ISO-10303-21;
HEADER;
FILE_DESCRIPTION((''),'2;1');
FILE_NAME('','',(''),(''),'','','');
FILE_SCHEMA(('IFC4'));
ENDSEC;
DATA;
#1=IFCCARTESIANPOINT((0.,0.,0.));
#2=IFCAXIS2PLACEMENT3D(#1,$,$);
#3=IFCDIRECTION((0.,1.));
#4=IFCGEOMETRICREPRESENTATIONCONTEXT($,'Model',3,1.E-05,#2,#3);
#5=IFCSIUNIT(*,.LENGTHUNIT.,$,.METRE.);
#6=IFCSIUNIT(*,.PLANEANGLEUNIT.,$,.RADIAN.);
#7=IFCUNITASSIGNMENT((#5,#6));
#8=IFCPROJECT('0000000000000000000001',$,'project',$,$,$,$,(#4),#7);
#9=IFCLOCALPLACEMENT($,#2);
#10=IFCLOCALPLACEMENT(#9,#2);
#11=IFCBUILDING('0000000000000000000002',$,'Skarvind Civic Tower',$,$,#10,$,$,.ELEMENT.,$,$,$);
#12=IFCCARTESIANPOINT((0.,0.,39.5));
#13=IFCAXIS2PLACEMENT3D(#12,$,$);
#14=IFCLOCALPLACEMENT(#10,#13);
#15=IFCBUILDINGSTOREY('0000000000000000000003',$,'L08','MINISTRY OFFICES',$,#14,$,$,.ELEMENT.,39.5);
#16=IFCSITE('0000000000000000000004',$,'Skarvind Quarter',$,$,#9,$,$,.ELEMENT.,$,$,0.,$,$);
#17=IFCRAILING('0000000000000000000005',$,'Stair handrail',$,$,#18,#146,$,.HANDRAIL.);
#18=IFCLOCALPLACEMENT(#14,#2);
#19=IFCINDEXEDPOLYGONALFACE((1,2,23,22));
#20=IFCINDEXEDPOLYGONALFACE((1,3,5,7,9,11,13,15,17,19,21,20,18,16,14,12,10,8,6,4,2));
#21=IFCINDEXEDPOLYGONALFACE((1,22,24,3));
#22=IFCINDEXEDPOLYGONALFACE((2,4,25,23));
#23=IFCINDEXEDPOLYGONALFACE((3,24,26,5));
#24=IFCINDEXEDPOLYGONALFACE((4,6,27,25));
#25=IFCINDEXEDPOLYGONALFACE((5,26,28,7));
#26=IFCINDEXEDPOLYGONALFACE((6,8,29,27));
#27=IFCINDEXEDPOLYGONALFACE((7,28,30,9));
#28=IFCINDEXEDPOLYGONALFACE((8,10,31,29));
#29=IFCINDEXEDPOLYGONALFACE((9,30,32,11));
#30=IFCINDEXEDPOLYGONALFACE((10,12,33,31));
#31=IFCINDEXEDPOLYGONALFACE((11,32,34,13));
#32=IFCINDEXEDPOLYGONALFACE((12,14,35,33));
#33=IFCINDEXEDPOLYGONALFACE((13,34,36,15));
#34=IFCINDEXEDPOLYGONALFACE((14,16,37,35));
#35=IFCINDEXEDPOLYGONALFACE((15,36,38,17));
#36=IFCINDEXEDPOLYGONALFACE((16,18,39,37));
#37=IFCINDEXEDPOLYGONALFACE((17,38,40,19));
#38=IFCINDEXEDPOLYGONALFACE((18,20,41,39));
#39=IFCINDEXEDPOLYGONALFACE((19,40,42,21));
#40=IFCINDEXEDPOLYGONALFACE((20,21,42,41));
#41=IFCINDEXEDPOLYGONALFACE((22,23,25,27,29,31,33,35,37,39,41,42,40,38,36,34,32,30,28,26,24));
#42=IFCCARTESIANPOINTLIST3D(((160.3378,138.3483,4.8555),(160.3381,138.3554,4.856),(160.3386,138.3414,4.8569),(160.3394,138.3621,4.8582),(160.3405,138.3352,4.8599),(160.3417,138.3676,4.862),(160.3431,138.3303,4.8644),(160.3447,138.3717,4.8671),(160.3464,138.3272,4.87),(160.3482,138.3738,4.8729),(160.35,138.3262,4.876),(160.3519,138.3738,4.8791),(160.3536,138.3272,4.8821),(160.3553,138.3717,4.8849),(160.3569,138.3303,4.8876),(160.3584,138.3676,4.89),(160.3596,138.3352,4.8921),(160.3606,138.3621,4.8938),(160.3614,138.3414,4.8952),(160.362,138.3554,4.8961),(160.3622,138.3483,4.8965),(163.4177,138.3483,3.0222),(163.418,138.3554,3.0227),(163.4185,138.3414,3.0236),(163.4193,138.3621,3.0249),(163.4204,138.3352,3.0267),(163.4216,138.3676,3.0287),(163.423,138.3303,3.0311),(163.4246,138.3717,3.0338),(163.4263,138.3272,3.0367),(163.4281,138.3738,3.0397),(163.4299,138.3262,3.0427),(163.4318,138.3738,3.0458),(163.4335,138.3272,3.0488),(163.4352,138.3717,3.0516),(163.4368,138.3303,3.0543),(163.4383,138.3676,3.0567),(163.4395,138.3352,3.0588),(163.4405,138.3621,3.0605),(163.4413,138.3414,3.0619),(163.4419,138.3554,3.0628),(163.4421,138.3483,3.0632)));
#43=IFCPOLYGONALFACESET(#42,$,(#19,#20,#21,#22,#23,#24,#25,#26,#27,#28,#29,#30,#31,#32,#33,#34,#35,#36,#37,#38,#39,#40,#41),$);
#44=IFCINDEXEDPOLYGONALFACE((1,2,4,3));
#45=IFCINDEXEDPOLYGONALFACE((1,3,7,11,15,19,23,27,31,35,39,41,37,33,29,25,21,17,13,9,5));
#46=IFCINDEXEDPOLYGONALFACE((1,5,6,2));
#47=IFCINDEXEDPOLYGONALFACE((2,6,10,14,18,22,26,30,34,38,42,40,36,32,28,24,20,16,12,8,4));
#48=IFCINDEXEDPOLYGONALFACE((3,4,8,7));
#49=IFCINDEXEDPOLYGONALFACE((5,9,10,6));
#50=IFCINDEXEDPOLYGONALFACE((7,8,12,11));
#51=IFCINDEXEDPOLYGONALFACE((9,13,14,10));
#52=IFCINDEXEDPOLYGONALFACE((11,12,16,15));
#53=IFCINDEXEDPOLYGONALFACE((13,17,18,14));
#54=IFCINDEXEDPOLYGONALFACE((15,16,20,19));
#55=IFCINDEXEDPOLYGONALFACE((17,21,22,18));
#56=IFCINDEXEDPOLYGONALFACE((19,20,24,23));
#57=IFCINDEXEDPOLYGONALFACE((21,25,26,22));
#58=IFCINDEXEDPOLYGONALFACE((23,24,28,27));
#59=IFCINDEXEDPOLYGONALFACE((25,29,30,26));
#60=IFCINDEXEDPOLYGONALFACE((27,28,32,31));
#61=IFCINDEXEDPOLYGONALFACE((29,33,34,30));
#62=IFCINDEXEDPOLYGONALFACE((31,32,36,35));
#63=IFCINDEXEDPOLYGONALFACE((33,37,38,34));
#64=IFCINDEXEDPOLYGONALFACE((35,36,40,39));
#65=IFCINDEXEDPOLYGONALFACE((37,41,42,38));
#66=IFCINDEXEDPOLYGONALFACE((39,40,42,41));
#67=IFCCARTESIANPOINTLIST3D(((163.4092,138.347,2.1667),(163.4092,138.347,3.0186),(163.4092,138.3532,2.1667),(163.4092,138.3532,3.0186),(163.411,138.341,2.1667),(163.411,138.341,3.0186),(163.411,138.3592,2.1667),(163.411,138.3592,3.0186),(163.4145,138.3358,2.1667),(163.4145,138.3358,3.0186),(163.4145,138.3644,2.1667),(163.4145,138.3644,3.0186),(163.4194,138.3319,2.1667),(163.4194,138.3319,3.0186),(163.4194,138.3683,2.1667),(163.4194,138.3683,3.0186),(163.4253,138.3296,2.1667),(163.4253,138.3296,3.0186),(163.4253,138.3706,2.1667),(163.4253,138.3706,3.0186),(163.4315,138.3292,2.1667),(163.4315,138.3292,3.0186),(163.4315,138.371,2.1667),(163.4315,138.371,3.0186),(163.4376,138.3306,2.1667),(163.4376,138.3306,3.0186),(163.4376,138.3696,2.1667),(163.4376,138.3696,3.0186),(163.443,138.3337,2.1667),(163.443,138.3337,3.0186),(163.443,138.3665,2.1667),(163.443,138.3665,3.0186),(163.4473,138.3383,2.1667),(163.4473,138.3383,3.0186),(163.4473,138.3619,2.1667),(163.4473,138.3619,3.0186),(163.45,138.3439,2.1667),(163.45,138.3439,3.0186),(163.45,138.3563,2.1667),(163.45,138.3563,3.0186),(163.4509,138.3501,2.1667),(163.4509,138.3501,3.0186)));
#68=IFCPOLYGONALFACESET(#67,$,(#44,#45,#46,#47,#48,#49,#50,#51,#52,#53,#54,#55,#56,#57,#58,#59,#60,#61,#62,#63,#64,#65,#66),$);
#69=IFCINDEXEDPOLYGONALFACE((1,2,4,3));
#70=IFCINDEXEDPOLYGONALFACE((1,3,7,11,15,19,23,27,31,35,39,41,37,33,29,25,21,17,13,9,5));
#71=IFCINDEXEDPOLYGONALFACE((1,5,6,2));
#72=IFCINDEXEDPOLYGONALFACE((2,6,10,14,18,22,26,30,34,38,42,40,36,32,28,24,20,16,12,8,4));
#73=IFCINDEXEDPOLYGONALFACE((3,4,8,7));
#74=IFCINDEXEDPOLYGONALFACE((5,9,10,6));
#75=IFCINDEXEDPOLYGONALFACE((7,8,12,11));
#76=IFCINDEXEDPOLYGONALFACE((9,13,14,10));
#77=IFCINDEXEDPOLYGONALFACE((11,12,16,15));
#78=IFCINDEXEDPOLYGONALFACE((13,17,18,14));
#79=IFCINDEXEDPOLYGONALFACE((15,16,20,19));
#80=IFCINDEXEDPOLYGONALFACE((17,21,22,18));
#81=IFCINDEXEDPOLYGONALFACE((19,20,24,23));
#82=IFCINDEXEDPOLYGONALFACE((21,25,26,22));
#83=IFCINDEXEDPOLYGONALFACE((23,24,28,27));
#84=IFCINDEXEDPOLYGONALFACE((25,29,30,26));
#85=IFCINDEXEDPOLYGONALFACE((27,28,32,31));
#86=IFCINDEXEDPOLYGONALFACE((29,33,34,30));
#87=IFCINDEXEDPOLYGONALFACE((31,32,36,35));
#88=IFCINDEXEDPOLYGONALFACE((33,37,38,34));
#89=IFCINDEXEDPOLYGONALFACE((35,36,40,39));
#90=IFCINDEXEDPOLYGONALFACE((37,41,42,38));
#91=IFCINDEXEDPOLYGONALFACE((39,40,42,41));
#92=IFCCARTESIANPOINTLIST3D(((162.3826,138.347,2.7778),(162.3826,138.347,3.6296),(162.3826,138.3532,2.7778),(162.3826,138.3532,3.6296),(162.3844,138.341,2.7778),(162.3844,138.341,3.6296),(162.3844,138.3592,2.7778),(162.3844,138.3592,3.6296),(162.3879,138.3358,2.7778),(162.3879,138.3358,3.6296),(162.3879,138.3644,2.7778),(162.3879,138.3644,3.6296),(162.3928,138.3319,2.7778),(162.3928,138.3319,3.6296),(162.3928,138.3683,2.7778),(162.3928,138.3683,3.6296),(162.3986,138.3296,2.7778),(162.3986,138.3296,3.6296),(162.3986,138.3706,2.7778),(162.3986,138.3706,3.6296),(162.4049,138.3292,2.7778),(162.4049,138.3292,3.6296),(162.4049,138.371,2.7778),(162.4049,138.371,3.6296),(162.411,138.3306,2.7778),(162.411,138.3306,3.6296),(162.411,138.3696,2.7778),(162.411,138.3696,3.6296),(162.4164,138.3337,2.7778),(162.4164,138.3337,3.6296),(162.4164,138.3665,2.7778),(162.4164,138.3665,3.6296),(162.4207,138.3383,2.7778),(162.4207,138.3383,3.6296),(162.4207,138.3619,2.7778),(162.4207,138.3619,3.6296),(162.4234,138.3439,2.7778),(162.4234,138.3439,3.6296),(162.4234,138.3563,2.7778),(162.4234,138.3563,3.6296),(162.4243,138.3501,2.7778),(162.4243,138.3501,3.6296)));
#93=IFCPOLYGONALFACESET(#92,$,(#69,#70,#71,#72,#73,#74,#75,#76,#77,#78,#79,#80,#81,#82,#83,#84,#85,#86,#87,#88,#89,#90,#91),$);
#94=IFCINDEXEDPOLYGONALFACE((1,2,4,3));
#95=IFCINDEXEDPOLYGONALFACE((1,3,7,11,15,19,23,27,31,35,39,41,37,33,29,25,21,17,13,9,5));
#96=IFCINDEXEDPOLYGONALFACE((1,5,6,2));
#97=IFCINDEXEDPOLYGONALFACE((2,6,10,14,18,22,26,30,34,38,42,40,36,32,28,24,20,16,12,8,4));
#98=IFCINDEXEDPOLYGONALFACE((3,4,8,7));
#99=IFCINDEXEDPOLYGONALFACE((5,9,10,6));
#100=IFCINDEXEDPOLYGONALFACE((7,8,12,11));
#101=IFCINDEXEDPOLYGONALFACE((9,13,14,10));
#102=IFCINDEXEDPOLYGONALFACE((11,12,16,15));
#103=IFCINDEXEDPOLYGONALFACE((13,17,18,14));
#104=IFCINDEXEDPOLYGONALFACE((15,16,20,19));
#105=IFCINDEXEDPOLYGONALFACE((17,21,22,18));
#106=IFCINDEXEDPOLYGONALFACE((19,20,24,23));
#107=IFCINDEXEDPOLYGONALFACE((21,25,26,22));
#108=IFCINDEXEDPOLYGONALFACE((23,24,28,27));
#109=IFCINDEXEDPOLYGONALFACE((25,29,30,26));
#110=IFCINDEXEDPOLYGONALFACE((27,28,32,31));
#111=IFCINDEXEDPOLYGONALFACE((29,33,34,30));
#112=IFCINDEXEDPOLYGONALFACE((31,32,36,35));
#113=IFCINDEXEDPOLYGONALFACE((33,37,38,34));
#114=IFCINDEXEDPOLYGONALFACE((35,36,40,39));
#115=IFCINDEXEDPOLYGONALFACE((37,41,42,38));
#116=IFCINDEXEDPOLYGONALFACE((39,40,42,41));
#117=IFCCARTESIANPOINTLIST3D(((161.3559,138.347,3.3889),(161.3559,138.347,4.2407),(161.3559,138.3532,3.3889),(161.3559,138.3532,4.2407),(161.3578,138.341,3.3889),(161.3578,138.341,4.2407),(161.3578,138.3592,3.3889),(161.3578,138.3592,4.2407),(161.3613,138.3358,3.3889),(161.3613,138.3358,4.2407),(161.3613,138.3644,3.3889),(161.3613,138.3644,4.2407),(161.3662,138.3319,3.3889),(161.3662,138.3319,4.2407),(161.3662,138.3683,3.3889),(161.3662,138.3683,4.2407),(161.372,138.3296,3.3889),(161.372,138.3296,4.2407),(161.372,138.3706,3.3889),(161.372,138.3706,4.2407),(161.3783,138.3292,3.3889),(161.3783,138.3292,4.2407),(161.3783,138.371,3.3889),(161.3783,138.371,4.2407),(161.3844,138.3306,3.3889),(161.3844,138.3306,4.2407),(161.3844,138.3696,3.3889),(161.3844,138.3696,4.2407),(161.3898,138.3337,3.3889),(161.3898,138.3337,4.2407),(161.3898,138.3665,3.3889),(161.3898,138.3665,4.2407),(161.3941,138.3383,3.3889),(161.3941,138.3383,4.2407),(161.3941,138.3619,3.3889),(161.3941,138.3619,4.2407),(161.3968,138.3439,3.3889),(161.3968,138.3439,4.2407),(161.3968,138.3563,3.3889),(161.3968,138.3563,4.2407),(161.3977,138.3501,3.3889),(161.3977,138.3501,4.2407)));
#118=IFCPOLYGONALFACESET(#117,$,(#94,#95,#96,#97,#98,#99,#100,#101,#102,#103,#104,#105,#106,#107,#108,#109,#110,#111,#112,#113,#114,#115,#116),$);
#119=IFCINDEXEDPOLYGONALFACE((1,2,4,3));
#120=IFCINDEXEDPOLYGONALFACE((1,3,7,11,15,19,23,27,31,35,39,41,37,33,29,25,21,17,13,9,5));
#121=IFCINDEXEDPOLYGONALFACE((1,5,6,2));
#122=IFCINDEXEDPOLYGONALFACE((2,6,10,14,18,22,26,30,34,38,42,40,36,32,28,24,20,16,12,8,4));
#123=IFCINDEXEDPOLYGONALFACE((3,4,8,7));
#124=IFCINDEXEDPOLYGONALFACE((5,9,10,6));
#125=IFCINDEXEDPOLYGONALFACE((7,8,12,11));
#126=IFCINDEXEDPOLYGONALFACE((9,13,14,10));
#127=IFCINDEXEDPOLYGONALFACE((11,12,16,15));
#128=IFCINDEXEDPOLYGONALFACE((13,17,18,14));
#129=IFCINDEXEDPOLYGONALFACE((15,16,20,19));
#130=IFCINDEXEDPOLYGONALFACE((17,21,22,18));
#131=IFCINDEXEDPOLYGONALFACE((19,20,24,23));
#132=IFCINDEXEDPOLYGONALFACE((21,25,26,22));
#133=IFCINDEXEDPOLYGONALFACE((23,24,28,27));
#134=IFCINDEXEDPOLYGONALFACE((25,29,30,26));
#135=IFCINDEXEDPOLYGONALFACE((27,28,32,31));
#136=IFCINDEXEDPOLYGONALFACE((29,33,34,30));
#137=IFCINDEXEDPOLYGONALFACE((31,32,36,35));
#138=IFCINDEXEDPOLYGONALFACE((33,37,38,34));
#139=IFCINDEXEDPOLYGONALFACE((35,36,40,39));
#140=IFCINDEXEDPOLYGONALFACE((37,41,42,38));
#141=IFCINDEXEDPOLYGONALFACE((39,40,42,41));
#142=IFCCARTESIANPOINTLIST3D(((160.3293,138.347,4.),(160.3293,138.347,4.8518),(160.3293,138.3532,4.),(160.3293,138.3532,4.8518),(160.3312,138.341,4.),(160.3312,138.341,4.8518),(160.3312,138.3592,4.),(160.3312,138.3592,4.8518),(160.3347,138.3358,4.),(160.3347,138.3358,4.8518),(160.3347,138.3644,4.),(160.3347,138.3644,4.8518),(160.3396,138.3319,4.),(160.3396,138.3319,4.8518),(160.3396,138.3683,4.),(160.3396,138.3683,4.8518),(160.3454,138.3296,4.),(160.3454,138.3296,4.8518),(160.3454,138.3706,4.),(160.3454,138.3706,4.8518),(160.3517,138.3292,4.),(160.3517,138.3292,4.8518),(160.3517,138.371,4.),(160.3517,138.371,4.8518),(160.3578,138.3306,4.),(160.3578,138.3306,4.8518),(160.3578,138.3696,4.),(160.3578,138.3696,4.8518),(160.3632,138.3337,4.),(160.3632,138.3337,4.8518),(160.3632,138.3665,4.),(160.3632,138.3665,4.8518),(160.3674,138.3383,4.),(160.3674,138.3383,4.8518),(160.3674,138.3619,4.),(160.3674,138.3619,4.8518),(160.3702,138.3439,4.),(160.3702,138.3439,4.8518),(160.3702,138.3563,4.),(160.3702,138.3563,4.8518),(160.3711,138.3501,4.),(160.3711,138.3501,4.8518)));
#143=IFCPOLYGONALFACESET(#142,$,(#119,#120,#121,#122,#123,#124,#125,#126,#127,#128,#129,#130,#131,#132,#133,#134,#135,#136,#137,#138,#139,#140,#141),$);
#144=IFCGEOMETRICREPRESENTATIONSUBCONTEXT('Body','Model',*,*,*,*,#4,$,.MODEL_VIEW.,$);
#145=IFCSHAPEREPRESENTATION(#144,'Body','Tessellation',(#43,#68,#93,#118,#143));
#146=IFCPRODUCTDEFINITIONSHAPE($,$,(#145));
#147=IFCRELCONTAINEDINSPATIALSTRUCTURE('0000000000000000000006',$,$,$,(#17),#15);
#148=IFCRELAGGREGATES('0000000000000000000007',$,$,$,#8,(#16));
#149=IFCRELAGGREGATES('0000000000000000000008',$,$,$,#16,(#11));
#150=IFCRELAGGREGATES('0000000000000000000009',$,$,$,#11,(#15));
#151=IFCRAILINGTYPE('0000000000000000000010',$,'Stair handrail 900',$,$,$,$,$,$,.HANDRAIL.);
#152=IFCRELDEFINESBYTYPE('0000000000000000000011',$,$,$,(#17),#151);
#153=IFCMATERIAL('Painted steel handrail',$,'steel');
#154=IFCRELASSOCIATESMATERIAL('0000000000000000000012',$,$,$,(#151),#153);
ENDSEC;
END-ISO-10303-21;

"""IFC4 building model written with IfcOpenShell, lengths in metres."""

from ifc_helpers import new_model, si_unit, direction, frame, origin, origin_2d, place, context, subcontext, project, spatial, circle, extrude, material, type_object, element, save


model = new_model("IFC4")

# Units and contexts
model_context = context("Model", 3, precision=1e-05, world=origin(), true_north=direction((0.0, 1.0)))
body_context = subcontext(model_context, "Body", "Model", "MODEL_VIEW")
ifc_project = project(units=[si_unit("LENGTHUNIT", "METRE"), si_unit("PLANEANGLEUNIT", "RADIAN")], contexts=[model_context])

# Site, building, storey
site_placement = place(None, origin())
site = spatial("IfcSite", under=ifc_project, at=site_placement, Name="Skarvind Quarter", CompositionType="ELEMENT", RefElevation=0.0)
building_placement = place(site_placement, origin())
building = spatial("IfcBuilding", under=site, at=building_placement, Name="Skarvind Civic Tower", CompositionType="ELEMENT")
storey_placement = place(building_placement, frame((0.0, 0.0, 39.5)))
storey = spatial("IfcBuildingStorey", under=building, at=storey_placement, Name="L08", Description="MINISTRY OFFICES", CompositionType="ELEMENT", Elevation=39.5)

# Railing
ifc_material_1 = material(Name="Painted steel handrail", Category="steel")
railing_type = type_object("IfcRailingType", Name="Stair handrail 900", PredefinedType="HANDRAIL", material=ifc_material_1)
railing_1_placement = place(storey_placement, frame((163.4299, 138.3501, 2.1667)))
element("IfcRailing", 1, at=railing_1_placement, inside=storey, type_object=railing_type, Name="Stair handrail", PredefinedType="HANDRAIL", context=body_context, shape_type="SweptSolid", body=[
    extrude(circle(Radius=0.0239, at=origin_2d()), frame((0.0, 0.0, 0.876), z_axis=(-0.859291, 0.0, 0.511487), x_axis=(0.0, -1.0, 0.0)), (0.0, 0.0, 1.0), 3.5842),
    extrude(circle(Radius=0.021, at=origin_2d()), origin(), (0.0, 0.0, 1.0), 0.8518),
    extrude(circle(Radius=0.021, at=origin_2d()), frame((-1.0266, 0.0, 0.6111)), (0.0, 0.0, 1.0), 0.8518),
    extrude(circle(Radius=0.021, at=origin_2d()), frame((-2.0532, 0.0, 1.2222)), (0.0, 0.0, 1.0), 0.8518),
    extrude(circle(Radius=0.021, at=origin_2d()), frame((-3.0798, 0.0, 1.8333)), (0.0, 0.0, 1.0), 0.8518),
])

save(model, "model.ifc")
